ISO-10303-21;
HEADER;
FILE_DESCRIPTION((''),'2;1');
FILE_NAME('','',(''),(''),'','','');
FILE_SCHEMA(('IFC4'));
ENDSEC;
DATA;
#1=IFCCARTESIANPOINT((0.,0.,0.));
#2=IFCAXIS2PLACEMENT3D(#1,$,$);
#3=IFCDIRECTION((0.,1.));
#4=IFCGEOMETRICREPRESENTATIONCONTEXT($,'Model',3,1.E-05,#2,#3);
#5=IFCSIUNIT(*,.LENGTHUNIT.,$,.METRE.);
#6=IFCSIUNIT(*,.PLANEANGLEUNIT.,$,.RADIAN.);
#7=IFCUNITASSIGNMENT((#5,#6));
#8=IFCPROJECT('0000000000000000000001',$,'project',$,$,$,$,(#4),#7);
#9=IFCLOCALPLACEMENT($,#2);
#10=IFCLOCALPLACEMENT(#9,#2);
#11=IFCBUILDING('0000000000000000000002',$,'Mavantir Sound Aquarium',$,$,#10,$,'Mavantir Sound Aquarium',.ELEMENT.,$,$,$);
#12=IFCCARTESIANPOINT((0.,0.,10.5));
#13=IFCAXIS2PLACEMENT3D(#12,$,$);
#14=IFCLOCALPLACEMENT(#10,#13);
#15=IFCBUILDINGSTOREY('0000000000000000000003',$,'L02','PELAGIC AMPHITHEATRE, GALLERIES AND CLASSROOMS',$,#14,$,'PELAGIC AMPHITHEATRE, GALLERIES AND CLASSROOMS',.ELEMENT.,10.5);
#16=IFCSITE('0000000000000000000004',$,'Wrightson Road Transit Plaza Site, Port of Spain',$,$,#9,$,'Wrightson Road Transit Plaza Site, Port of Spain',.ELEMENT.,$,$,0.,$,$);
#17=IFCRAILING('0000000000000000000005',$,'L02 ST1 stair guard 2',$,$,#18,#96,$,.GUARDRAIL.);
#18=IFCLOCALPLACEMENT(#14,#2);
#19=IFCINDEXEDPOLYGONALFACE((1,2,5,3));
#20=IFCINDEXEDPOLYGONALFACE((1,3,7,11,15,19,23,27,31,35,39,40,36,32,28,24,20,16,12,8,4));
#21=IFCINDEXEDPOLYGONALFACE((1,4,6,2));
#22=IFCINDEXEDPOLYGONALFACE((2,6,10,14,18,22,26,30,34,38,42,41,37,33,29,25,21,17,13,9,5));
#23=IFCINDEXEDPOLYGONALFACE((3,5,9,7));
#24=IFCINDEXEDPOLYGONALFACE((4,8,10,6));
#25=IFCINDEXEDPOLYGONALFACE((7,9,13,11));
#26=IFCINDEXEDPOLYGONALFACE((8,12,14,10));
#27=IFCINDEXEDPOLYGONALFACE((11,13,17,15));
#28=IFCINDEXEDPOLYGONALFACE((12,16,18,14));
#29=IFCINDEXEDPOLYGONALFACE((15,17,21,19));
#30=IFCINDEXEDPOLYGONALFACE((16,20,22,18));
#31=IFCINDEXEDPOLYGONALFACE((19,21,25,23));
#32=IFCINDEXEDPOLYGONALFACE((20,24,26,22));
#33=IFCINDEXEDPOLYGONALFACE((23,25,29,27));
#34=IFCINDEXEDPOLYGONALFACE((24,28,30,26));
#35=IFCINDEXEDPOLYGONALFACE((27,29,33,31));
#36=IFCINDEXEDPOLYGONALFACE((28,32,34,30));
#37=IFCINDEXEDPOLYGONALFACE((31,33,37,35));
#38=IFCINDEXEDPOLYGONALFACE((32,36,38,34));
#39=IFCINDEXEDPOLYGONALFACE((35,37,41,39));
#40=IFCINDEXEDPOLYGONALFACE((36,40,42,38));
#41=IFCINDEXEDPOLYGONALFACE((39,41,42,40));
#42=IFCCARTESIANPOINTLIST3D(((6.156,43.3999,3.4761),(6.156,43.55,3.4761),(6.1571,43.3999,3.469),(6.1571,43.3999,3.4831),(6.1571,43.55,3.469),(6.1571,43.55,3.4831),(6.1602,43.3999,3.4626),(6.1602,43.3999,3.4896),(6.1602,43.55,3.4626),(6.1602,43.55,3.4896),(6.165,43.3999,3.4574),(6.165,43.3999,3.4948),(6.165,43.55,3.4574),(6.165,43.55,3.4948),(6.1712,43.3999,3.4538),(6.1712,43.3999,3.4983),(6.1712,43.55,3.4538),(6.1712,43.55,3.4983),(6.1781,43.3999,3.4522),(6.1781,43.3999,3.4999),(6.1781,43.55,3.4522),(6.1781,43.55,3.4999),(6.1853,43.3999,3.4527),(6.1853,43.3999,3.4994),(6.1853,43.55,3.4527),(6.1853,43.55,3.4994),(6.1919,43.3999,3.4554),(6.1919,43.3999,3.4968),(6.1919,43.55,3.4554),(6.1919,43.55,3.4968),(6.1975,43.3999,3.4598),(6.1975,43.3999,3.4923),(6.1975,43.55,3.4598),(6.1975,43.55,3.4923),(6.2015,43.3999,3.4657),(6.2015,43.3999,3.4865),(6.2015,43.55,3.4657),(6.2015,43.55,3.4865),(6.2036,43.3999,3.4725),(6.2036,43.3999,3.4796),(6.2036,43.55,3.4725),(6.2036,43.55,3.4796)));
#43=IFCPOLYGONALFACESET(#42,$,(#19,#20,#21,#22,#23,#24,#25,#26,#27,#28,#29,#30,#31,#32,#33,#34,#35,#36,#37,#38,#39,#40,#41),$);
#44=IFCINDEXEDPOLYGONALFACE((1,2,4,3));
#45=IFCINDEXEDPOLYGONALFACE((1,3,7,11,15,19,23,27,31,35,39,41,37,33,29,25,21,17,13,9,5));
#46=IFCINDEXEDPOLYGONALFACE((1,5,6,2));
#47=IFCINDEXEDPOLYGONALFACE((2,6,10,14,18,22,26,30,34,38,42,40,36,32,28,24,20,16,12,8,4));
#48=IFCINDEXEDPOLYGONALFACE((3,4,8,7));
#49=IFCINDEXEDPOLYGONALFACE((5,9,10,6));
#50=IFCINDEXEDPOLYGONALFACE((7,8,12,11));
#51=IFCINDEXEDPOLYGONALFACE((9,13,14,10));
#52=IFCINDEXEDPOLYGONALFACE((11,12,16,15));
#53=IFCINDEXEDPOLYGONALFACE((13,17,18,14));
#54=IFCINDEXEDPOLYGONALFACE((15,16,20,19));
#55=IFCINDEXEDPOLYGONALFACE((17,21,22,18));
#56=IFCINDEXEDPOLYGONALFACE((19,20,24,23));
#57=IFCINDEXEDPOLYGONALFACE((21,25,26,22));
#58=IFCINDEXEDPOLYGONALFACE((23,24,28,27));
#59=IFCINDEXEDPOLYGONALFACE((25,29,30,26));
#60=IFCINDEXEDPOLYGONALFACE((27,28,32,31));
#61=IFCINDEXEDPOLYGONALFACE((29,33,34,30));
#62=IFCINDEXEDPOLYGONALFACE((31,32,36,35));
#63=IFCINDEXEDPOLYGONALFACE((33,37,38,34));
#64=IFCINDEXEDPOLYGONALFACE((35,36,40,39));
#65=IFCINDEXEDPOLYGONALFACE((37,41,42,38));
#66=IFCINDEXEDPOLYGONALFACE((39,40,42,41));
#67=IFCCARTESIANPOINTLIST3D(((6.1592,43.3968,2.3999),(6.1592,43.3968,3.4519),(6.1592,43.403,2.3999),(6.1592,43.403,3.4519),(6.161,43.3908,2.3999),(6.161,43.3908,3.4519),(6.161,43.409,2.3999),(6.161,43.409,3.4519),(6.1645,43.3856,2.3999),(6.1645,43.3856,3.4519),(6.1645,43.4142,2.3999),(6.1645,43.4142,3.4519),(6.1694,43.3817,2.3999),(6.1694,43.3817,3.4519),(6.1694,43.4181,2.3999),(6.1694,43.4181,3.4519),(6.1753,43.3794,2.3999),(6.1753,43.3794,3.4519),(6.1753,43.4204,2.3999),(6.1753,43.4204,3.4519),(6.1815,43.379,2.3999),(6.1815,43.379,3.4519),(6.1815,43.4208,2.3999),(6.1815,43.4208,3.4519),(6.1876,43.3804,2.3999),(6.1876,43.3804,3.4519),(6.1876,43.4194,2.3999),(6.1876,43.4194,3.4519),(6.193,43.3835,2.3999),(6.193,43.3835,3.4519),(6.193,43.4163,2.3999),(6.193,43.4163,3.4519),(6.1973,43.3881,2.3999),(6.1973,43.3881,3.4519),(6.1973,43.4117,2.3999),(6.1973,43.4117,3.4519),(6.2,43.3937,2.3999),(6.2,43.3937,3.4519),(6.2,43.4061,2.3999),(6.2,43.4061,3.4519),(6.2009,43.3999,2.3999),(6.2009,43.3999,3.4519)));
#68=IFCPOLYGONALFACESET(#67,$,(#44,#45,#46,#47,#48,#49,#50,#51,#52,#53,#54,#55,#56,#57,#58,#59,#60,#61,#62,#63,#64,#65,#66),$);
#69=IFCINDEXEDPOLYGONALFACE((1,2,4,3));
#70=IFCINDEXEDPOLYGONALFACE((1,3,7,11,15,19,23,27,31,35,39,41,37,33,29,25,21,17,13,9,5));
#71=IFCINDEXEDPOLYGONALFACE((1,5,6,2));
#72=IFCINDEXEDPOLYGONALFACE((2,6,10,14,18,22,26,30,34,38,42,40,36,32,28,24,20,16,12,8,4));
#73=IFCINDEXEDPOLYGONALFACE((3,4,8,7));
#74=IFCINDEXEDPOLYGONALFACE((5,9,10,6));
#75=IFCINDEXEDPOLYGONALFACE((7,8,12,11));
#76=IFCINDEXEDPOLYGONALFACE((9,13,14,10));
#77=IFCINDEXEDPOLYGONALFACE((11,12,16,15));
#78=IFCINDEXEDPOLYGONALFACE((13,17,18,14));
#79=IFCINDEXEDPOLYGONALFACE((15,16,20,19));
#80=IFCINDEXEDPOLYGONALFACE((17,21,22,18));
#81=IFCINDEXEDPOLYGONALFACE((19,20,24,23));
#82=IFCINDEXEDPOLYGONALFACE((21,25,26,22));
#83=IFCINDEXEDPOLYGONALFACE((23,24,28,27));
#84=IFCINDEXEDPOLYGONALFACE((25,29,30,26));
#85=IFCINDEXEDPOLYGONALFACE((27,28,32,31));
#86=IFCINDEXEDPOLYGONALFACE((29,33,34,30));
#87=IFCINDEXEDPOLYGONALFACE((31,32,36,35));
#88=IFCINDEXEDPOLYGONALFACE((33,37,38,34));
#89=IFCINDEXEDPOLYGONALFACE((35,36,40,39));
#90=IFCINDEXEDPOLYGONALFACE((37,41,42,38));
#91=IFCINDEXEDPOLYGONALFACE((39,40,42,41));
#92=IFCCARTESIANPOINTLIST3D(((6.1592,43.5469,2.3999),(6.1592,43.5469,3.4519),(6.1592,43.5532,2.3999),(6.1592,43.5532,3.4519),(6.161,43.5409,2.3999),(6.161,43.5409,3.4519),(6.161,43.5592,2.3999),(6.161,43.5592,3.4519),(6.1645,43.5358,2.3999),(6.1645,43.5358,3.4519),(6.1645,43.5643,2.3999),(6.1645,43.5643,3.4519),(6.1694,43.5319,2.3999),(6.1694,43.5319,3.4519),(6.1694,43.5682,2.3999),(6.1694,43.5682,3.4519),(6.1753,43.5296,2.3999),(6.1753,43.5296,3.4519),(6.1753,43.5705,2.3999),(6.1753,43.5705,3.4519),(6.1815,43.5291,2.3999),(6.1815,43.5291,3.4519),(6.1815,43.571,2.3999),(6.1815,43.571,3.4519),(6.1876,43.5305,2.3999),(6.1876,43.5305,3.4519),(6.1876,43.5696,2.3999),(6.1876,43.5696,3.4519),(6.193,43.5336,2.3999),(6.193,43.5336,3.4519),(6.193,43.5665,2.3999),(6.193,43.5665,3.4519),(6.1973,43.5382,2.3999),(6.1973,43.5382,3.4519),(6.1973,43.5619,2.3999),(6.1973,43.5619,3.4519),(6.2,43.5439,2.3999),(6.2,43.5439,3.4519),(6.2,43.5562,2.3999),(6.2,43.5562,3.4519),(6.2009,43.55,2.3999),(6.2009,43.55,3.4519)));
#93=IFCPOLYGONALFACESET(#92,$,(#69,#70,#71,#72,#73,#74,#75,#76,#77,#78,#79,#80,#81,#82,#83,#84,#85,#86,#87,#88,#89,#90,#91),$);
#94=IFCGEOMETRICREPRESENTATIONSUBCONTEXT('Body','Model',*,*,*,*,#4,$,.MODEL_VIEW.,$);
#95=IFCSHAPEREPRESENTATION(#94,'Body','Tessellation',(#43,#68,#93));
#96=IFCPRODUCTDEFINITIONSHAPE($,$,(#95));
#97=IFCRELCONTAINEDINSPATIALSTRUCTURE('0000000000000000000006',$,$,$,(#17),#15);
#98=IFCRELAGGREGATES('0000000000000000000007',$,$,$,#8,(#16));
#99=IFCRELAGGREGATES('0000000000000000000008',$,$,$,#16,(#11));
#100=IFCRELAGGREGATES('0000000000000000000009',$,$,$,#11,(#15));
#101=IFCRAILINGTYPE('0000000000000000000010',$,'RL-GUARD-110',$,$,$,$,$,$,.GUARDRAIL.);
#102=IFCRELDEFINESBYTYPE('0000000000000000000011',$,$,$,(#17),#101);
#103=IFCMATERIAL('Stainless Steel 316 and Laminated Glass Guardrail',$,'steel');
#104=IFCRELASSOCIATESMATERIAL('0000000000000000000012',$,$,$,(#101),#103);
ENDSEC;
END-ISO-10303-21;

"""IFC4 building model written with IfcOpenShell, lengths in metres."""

from ifc_helpers import new_model, si_unit, direction, frame, origin, origin_2d, place, context, subcontext, project, spatial, circle, extrude, material, type_object, element, save


model = new_model("IFC4")

# Units and contexts
model_context = context("Model", 3, precision=1e-05, world=origin(), true_north=direction((0.0, 1.0)))
body_context = subcontext(model_context, "Body", "Model", "MODEL_VIEW")
ifc_project = project(units=[si_unit("LENGTHUNIT", "METRE"), si_unit("PLANEANGLEUNIT", "RADIAN")], contexts=[model_context])

# Site, building, storey
site_placement = place(None, origin())
site = spatial("IfcSite", under=ifc_project, at=site_placement, Name="Wrightson Road Transit Plaza Site, Port of Spain", LongName="Wrightson Road Transit Plaza Site, Port of Spain", CompositionType="ELEMENT", RefElevation=0.0)
building_placement = place(site_placement, origin())
building = spatial("IfcBuilding", under=site, at=building_placement, Name="Mavantir Sound Aquarium", LongName="Mavantir Sound Aquarium", CompositionType="ELEMENT")
storey_placement = place(building_placement, frame((0.0, 0.0, 10.5)))
storey = spatial("IfcBuildingStorey", under=building, at=storey_placement, Name="L02", Description="PELAGIC AMPHITHEATRE, GALLERIES AND CLASSROOMS", LongName="PELAGIC AMPHITHEATRE, GALLERIES AND CLASSROOMS", CompositionType="ELEMENT", Elevation=10.5)

# Railing
ifc_material_1 = material(Name="Stainless Steel 316 and Laminated Glass Guardrail", Category="steel")
railing_type_1 = type_object("IfcRailingType", Name="RL-GUARD-110", PredefinedType="GUARDRAIL", material=ifc_material_1)
railing_1_placement = place(storey_placement, frame((6.1799, 43.3999, 2.3999)))
element("IfcRailing", 1, at=railing_1_placement, inside=storey, type_object=railing_type_1, Name="L02 ST1 stair guard 2", PredefinedType="GUARDRAIL", context=body_context, shape_type="SweptSolid", body=[
    extrude(circle(Radius=0.0239, at=origin_2d()), frame((0.0, 0.0, 1.0762), z_axis=(0.0, 1.0, 0.0), x_axis=(-1.0, 0.0, 0.0)), (0.0, 0.0, 1.0), 0.1501),
    extrude(circle(Radius=0.021, at=origin_2d()), origin(), (0.0, 0.0, 1.0), 1.052),
    extrude(circle(Radius=0.021, at=origin_2d()), frame((0.0, 0.1501, 0.0)), (0.0, 0.0, 1.0), 1.052),
])

save(model, "model.ifc")
